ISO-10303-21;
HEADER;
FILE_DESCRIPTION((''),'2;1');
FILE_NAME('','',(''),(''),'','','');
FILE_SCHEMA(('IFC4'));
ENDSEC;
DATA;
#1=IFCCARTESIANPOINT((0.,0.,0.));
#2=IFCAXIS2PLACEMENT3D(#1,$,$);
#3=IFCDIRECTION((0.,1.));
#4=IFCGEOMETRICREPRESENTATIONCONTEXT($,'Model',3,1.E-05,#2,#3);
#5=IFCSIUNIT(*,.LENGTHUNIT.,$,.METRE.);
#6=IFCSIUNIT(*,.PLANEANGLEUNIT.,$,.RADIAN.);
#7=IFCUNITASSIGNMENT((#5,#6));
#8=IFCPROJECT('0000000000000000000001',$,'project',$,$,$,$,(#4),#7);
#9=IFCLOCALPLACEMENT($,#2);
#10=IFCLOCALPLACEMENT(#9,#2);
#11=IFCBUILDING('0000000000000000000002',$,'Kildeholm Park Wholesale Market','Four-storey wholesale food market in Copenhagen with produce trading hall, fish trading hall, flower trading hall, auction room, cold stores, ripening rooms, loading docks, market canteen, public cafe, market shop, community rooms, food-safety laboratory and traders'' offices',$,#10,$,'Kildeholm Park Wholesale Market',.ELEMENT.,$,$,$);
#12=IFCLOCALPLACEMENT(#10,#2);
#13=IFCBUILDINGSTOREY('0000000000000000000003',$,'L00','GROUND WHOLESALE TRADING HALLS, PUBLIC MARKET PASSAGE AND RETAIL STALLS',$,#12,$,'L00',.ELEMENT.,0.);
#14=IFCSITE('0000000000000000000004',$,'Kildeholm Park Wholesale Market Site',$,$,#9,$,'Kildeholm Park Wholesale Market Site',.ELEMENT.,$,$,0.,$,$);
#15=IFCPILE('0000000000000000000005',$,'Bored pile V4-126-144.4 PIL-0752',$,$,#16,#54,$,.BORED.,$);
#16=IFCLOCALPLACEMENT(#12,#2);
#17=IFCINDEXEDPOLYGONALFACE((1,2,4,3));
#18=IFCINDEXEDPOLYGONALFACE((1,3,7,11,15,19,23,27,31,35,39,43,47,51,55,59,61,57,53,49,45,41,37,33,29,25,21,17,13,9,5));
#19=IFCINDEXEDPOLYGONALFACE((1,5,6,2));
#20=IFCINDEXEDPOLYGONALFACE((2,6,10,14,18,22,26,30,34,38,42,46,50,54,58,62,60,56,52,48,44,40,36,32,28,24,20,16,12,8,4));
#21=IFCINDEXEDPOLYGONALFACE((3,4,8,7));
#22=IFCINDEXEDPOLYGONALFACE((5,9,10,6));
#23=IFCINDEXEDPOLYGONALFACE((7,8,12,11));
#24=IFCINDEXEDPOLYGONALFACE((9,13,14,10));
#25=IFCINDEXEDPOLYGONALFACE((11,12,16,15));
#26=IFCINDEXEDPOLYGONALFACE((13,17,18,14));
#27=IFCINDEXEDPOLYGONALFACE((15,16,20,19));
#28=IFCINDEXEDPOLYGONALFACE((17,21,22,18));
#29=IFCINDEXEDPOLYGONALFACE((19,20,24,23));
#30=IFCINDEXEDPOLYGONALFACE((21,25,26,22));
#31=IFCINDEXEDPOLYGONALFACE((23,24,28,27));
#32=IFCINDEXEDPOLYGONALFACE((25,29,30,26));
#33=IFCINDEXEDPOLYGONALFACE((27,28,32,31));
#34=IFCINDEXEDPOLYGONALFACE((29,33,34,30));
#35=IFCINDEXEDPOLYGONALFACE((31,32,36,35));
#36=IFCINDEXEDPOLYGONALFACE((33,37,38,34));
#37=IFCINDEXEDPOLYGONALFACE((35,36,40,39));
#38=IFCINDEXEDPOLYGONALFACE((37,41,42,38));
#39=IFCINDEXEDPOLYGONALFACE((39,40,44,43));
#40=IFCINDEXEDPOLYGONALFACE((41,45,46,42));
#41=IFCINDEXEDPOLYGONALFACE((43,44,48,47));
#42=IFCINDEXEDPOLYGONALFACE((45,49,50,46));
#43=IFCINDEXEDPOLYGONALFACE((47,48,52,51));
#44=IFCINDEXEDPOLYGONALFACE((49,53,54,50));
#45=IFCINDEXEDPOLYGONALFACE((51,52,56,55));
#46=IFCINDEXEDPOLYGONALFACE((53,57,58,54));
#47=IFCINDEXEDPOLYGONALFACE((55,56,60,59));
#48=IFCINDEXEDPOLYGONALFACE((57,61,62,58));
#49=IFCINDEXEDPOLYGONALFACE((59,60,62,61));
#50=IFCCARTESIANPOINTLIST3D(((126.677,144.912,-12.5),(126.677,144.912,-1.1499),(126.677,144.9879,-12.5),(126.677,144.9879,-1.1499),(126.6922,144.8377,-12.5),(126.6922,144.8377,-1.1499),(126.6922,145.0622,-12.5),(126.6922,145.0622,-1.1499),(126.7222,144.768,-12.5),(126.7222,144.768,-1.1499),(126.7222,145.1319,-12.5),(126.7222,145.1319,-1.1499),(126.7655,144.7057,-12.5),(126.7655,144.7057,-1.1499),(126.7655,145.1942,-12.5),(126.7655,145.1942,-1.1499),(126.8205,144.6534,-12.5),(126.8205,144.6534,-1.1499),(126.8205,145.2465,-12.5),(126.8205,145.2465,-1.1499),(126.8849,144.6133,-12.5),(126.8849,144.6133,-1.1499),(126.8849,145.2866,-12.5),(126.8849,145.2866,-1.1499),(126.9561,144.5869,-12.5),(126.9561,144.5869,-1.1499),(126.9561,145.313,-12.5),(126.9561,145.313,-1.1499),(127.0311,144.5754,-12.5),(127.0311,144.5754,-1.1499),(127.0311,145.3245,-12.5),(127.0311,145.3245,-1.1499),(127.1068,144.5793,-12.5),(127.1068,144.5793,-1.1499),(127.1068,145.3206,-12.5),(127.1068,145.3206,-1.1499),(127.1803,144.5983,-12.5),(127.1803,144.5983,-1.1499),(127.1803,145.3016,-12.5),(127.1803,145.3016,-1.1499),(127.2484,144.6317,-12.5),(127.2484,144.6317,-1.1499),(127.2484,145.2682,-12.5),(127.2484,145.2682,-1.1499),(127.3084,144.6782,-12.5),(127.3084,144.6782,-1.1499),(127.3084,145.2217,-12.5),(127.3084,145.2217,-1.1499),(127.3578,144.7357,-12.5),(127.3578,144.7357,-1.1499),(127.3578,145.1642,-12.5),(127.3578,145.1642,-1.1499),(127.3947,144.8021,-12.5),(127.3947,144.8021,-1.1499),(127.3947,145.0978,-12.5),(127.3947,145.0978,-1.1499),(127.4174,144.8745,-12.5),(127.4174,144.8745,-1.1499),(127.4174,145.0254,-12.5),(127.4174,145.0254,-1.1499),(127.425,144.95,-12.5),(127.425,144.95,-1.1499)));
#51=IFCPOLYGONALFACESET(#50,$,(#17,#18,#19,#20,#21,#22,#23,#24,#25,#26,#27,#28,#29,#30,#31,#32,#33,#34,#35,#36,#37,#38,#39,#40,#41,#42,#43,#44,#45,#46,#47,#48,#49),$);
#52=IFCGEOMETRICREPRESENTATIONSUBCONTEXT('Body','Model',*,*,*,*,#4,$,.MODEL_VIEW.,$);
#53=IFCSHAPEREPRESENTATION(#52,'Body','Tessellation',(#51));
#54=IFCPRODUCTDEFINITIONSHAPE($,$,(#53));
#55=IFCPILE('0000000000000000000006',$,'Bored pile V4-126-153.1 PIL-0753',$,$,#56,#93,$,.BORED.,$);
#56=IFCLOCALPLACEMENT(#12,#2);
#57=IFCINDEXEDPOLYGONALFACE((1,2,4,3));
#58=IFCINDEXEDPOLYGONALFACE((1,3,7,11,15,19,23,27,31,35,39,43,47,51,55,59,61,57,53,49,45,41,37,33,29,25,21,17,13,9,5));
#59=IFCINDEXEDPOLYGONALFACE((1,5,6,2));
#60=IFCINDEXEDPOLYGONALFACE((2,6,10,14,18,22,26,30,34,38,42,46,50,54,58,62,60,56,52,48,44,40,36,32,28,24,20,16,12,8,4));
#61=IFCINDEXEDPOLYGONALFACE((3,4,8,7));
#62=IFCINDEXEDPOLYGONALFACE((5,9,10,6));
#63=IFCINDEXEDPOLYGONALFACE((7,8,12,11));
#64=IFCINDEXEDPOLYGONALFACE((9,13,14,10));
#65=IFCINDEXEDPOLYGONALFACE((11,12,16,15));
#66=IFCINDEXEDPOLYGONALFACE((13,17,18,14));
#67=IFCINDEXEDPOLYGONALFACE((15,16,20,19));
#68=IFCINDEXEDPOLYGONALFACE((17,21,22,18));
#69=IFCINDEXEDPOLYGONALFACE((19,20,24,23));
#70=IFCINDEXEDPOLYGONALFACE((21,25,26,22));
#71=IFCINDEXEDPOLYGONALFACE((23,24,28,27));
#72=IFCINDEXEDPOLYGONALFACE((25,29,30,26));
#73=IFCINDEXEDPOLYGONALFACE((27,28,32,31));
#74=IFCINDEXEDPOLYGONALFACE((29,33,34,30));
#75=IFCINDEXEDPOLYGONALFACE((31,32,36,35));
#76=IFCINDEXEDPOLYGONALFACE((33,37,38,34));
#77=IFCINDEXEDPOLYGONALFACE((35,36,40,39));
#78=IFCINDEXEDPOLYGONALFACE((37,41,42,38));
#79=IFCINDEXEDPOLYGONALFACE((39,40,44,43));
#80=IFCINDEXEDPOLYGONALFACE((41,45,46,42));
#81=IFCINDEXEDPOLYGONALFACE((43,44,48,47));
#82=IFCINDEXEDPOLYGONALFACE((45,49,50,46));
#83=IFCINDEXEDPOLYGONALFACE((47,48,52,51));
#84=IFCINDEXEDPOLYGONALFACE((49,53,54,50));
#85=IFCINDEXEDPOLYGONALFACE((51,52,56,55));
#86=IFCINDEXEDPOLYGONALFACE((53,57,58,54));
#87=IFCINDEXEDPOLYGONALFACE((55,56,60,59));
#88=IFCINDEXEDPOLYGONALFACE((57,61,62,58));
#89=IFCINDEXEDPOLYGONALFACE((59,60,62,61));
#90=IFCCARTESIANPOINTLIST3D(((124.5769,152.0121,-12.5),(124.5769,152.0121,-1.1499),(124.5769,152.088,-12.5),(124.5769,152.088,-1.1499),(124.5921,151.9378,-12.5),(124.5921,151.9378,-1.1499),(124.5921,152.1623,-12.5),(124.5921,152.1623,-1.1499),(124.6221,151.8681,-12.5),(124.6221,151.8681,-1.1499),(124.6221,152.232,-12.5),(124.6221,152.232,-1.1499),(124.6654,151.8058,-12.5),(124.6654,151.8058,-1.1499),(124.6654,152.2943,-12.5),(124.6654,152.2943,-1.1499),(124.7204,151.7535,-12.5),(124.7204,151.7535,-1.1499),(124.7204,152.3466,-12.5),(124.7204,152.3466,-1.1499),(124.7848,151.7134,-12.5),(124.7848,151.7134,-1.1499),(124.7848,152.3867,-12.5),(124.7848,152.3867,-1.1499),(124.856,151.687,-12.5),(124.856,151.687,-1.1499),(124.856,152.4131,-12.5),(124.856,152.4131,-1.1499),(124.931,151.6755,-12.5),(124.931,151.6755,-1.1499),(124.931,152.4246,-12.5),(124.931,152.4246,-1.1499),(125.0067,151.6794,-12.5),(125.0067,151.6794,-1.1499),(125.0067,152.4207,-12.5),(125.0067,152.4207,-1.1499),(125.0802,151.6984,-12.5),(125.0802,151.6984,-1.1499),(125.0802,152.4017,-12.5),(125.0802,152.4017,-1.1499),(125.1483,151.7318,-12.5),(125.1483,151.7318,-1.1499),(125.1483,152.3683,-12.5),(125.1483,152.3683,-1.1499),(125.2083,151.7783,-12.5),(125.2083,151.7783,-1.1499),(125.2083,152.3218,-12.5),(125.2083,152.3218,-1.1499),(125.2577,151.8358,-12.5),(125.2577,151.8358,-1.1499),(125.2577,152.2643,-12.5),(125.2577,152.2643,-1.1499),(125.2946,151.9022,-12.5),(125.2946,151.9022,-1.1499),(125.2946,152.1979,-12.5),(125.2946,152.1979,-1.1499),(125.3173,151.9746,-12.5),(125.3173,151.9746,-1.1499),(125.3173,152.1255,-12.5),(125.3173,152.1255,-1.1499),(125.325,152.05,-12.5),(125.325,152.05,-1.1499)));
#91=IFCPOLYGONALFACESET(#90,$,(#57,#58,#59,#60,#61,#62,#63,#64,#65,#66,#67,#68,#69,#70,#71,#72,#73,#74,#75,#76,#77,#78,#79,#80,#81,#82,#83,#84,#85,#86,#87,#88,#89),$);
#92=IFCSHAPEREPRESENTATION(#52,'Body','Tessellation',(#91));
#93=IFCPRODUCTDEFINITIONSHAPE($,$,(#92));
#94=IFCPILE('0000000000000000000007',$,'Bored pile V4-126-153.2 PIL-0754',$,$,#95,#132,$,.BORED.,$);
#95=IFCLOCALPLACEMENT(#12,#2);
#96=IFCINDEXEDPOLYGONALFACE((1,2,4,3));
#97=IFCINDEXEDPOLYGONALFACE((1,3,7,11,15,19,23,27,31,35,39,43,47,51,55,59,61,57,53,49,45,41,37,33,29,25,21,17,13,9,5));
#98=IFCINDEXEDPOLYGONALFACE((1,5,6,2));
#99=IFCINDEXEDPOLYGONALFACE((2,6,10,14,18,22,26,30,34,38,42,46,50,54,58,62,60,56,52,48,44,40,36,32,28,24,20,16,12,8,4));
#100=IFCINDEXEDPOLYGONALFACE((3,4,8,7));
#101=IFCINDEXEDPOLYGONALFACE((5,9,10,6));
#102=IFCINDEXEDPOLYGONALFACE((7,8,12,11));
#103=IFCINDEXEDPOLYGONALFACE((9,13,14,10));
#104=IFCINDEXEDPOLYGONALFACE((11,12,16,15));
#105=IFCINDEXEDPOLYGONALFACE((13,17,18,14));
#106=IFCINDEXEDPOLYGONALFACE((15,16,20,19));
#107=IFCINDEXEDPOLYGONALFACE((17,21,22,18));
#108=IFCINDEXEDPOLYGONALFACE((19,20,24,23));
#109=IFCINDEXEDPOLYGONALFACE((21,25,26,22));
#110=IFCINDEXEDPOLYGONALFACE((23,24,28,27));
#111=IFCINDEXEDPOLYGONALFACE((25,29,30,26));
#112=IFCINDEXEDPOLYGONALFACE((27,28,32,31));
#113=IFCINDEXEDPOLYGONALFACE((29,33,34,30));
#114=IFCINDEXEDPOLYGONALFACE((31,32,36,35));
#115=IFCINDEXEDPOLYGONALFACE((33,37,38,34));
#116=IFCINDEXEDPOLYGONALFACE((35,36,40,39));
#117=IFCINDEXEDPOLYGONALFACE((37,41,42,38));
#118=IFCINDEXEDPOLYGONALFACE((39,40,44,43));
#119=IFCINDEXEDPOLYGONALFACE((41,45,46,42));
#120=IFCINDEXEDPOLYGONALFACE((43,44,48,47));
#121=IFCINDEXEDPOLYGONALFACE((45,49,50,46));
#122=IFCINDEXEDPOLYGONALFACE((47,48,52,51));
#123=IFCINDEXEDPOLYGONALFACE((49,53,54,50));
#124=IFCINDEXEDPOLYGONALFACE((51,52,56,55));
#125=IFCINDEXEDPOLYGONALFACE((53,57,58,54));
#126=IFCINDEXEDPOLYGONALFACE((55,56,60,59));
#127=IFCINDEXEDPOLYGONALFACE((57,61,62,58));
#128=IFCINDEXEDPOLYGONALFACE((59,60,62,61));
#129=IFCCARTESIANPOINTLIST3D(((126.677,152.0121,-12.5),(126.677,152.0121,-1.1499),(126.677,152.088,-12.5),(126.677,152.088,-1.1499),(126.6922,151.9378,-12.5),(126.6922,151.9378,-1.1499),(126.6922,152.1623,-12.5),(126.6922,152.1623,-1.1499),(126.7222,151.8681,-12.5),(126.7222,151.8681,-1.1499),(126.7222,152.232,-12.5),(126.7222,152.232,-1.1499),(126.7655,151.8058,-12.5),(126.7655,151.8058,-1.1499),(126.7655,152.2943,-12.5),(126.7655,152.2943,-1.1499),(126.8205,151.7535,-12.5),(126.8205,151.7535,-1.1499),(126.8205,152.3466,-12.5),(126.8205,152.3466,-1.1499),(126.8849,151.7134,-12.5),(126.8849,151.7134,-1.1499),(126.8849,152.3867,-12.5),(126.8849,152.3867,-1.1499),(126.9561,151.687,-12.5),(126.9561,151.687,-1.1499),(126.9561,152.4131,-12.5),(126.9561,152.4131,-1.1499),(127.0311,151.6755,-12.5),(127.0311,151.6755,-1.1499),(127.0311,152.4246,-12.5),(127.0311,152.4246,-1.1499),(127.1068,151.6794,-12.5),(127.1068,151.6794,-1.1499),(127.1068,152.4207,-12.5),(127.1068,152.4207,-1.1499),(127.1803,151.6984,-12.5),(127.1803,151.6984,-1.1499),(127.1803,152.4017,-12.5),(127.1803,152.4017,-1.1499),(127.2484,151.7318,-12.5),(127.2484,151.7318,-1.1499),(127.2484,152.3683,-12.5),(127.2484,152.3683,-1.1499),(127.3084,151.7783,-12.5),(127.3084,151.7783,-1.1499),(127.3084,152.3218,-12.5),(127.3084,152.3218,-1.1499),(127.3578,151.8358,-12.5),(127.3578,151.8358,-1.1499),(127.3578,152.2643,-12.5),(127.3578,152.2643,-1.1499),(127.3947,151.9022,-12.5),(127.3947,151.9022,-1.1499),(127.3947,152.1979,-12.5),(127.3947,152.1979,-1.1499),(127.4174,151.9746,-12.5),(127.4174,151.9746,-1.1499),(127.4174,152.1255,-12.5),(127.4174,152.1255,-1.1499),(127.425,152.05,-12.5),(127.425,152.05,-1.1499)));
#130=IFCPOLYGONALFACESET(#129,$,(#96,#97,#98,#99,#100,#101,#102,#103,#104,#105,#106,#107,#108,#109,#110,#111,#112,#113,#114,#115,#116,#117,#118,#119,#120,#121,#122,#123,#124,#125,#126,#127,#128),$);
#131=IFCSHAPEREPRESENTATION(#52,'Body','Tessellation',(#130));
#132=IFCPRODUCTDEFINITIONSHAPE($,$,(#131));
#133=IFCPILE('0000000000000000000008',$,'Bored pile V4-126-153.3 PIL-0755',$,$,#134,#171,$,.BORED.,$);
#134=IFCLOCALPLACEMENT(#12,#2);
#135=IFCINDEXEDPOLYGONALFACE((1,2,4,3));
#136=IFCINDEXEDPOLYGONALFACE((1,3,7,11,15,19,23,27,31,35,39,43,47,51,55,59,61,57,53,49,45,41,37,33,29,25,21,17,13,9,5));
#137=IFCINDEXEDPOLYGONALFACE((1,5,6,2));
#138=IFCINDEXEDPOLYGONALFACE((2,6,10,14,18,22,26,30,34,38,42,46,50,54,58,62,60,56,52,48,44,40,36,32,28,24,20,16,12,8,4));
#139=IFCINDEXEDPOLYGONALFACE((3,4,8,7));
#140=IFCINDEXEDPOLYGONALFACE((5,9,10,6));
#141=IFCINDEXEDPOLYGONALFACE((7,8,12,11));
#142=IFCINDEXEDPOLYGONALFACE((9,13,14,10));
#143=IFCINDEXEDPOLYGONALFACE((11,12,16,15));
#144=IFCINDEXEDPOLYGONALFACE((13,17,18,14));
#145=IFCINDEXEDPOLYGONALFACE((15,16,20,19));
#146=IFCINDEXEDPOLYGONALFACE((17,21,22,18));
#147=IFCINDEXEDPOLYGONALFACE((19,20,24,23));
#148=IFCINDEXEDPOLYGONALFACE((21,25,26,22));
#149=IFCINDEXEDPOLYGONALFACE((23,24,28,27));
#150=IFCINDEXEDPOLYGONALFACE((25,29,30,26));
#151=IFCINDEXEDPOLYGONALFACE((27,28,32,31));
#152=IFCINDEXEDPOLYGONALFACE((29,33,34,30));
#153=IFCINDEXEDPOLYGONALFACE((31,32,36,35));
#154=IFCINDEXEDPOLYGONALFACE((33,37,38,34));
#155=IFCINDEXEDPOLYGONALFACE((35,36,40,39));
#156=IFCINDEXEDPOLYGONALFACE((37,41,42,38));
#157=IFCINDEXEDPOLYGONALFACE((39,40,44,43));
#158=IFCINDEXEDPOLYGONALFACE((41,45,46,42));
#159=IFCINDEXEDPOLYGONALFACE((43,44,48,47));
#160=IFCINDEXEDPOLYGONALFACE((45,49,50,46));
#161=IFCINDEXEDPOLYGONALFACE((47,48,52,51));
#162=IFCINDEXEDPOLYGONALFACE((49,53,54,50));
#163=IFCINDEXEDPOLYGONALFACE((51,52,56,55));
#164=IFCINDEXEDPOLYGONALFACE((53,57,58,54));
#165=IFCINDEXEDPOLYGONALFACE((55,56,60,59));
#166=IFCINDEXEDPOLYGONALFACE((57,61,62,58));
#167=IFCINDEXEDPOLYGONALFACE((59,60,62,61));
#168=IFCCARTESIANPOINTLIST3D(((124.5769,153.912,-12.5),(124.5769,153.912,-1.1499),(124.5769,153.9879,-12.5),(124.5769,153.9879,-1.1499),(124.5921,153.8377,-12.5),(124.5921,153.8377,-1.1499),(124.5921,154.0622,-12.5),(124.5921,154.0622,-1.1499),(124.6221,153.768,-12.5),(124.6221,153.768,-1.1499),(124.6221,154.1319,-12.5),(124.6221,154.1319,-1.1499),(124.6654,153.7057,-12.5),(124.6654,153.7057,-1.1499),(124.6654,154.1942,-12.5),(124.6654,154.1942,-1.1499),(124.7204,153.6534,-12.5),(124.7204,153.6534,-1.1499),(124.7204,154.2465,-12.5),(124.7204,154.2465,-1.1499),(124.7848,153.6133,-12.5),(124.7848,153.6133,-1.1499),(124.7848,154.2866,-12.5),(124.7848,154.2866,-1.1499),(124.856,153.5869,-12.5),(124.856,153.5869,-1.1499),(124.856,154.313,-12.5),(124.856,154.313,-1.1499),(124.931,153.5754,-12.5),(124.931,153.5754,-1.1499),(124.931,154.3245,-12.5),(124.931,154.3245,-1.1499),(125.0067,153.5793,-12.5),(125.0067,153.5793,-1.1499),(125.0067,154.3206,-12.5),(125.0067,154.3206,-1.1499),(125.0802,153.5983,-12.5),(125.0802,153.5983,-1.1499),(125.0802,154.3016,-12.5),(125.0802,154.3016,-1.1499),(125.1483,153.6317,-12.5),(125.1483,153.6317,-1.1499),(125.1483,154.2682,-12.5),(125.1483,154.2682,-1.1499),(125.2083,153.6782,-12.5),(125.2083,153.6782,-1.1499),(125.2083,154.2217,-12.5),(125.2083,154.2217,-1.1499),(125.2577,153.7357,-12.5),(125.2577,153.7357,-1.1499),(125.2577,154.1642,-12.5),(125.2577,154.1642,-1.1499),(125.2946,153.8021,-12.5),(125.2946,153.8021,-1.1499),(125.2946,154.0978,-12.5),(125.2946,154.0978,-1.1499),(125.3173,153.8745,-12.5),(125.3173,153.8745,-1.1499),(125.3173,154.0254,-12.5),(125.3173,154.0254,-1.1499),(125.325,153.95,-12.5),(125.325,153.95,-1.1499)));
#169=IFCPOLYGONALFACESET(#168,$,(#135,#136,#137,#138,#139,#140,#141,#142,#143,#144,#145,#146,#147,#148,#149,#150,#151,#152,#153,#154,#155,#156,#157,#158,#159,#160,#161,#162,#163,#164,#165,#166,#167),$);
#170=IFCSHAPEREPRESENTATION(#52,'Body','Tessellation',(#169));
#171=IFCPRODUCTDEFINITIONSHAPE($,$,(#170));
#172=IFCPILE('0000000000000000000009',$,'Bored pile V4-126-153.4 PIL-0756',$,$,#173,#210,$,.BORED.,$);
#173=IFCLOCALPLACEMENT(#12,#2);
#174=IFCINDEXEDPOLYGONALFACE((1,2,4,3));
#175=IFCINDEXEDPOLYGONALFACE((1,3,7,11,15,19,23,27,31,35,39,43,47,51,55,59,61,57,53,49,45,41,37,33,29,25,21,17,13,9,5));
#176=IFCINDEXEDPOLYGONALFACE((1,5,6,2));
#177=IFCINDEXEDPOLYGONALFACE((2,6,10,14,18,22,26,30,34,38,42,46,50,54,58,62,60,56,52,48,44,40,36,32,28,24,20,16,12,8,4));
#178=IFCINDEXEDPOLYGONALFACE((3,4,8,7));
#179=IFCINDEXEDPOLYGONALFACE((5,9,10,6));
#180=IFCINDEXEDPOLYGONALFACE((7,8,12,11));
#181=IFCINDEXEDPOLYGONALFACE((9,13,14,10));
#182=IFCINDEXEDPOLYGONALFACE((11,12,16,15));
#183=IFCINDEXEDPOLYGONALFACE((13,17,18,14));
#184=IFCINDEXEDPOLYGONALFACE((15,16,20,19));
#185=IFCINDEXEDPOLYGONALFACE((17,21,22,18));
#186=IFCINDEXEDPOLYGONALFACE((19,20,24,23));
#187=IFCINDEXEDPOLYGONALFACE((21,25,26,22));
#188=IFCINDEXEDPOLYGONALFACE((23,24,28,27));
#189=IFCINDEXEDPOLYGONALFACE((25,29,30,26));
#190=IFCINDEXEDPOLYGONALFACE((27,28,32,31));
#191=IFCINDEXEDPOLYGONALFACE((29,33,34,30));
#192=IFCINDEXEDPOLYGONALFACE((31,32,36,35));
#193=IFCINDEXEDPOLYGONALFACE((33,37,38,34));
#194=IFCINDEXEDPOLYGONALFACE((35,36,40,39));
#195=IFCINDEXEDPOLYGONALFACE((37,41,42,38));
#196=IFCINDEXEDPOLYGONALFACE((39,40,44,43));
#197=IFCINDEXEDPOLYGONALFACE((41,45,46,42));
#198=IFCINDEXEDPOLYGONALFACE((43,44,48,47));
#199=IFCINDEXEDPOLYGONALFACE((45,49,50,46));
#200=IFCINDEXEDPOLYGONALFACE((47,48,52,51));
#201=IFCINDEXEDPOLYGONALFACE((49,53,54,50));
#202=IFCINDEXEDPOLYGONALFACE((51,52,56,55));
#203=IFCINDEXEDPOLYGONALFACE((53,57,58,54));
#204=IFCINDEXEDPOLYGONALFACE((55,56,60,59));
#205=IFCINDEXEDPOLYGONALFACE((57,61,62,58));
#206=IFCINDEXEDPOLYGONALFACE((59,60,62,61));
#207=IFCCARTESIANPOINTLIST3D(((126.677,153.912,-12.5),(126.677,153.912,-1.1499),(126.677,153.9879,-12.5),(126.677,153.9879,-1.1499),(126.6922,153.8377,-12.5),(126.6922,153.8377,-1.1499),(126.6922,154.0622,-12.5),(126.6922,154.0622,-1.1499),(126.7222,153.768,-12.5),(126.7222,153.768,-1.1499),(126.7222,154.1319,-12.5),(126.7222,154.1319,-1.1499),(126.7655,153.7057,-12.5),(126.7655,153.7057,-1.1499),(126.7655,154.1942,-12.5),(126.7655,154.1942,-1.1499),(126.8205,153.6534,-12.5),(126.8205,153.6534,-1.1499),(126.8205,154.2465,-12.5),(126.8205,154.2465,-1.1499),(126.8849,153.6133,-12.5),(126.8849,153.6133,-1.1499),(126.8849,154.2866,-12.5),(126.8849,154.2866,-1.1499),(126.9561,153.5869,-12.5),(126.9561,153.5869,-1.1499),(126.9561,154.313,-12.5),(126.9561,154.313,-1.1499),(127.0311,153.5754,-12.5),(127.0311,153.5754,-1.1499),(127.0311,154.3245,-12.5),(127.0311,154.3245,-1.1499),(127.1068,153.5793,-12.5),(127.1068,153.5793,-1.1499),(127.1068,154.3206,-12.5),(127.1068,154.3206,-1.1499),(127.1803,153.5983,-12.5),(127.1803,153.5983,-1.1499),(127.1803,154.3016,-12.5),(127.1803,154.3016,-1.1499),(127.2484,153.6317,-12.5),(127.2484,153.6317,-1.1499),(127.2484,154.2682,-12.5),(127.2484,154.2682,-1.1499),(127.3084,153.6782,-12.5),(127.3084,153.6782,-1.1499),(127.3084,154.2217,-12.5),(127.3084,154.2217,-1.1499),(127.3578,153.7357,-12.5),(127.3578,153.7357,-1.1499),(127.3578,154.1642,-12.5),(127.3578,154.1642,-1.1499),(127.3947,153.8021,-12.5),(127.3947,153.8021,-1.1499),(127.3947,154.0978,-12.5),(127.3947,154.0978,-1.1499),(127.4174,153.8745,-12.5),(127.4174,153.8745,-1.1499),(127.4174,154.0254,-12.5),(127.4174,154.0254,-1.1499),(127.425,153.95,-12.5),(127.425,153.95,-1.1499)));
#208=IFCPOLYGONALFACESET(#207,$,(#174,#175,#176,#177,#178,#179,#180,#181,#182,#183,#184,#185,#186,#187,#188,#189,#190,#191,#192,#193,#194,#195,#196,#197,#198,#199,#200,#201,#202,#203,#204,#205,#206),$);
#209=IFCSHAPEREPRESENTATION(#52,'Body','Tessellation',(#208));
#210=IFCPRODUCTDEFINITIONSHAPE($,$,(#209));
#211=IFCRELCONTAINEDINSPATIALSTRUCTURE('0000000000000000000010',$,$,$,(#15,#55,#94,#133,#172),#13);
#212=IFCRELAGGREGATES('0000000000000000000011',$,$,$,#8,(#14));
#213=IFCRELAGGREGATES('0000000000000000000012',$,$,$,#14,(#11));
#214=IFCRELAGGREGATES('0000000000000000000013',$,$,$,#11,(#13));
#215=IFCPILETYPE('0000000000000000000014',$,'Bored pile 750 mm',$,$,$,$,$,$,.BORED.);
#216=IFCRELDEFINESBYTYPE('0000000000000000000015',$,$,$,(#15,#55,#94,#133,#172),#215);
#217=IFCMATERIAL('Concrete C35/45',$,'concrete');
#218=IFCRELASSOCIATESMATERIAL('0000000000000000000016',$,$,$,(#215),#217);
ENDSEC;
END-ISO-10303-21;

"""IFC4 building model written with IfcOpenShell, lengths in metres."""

from ifc_helpers import new_model, si_unit, direction, frame, origin, origin_2d, place, context, subcontext, project, spatial, circle, extrude, material, material_profile, profile_set, type_object, element, save


model = new_model("IFC4")

# Units and contexts
model_context = context("Model", 3, precision=1e-05, world=origin(), true_north=direction((0.0, 1.0)))
body_context = subcontext(model_context, "Body", "Model", "MODEL_VIEW")
ifc_project = project(units=[si_unit("LENGTHUNIT", "METRE"), si_unit("PLANEANGLEUNIT", "RADIAN")], contexts=[model_context])

# Site, building, storey
site_placement = place(None, origin())
site = spatial("IfcSite", under=ifc_project, at=site_placement, Name="Kildeholm Park Wholesale Market Site", LongName="Kildeholm Park Wholesale Market Site", CompositionType="ELEMENT", RefElevation=0.0)
building_placement = place(site_placement, origin())
building = spatial("IfcBuilding", under=site, at=building_placement, Name="Kildeholm Park Wholesale Market", Description="Four-storey wholesale food market in Copenhagen with produce trading hall, fish trading hall, flower trading hall, auction room, cold stores, ripening rooms, loading docks, market canteen, public cafe, market shop, community rooms, food-safety laboratory and traders' offices", LongName="Kildeholm Park Wholesale Market", CompositionType="ELEMENT")
storey_placement = place(building_placement, origin())
storey = spatial("IfcBuildingStorey", under=building, at=storey_placement, Name="L00", Description="GROUND WHOLESALE TRADING HALLS, PUBLIC MARKET PASSAGE AND RETAIL STALLS", LongName="L00", CompositionType="ELEMENT", Elevation=0.0)

# Piles
ifc_material_1 = material(Name="Concrete C35/45", Category="concrete")
ifc_material_profile_1 = material_profile(ifc_material_1, circle(Radius=0.375, at=origin_2d()), Name="PILE D750")
ifc_profile_set_1 = profile_set([ifc_material_profile_1], Name="Concrete C35/45")
pile_type = type_object("IfcPileType", Name="Bored pile 750 mm", PredefinedType="BORED", material=ifc_profile_set_1)
for number, where, z_axis, x_axis, name in (
    (1, (127.05, 144.95, -1.1499), (0.0, 0.0, -1.0), (1.0, 0.0, 0.0), "Bored pile V4-126-144.4 PIL-0752"),
    (2, (124.95, 152.05, -1.1499), (0.0, 0.0, -1.0), (1.0, 0.0, 0.0), "Bored pile V4-126-153.1 PIL-0753"),
    (3, (127.05, 152.05, -1.1499), (0.0, 0.0, -1.0), (1.0, 0.0, 0.0), "Bored pile V4-126-153.2 PIL-0754"),
    (4, (124.95, 153.95, -1.1499), (0.0, 0.0, -1.0), (1.0, 0.0, 0.0), "Bored pile V4-126-153.3 PIL-0755"),
    (5, (127.05, 153.95, -1.1499), (0.0, 0.0, -1.0), (1.0, 0.0, 0.0), "Bored pile V4-126-153.4 PIL-0756"),
):
    element("IfcPile", number, at=place(storey_placement, frame(where, z_axis=z_axis, x_axis=x_axis)), inside=storey, type_object=pile_type, Name=name, PredefinedType="BORED", context=body_context, shape_type="SweptSolid", body=[
        extrude(circle(Radius=0.375, at=origin_2d()), origin(), (0.0, 0.0, 1.0), 11.3501),
    ])

save(model, "model.ifc")
